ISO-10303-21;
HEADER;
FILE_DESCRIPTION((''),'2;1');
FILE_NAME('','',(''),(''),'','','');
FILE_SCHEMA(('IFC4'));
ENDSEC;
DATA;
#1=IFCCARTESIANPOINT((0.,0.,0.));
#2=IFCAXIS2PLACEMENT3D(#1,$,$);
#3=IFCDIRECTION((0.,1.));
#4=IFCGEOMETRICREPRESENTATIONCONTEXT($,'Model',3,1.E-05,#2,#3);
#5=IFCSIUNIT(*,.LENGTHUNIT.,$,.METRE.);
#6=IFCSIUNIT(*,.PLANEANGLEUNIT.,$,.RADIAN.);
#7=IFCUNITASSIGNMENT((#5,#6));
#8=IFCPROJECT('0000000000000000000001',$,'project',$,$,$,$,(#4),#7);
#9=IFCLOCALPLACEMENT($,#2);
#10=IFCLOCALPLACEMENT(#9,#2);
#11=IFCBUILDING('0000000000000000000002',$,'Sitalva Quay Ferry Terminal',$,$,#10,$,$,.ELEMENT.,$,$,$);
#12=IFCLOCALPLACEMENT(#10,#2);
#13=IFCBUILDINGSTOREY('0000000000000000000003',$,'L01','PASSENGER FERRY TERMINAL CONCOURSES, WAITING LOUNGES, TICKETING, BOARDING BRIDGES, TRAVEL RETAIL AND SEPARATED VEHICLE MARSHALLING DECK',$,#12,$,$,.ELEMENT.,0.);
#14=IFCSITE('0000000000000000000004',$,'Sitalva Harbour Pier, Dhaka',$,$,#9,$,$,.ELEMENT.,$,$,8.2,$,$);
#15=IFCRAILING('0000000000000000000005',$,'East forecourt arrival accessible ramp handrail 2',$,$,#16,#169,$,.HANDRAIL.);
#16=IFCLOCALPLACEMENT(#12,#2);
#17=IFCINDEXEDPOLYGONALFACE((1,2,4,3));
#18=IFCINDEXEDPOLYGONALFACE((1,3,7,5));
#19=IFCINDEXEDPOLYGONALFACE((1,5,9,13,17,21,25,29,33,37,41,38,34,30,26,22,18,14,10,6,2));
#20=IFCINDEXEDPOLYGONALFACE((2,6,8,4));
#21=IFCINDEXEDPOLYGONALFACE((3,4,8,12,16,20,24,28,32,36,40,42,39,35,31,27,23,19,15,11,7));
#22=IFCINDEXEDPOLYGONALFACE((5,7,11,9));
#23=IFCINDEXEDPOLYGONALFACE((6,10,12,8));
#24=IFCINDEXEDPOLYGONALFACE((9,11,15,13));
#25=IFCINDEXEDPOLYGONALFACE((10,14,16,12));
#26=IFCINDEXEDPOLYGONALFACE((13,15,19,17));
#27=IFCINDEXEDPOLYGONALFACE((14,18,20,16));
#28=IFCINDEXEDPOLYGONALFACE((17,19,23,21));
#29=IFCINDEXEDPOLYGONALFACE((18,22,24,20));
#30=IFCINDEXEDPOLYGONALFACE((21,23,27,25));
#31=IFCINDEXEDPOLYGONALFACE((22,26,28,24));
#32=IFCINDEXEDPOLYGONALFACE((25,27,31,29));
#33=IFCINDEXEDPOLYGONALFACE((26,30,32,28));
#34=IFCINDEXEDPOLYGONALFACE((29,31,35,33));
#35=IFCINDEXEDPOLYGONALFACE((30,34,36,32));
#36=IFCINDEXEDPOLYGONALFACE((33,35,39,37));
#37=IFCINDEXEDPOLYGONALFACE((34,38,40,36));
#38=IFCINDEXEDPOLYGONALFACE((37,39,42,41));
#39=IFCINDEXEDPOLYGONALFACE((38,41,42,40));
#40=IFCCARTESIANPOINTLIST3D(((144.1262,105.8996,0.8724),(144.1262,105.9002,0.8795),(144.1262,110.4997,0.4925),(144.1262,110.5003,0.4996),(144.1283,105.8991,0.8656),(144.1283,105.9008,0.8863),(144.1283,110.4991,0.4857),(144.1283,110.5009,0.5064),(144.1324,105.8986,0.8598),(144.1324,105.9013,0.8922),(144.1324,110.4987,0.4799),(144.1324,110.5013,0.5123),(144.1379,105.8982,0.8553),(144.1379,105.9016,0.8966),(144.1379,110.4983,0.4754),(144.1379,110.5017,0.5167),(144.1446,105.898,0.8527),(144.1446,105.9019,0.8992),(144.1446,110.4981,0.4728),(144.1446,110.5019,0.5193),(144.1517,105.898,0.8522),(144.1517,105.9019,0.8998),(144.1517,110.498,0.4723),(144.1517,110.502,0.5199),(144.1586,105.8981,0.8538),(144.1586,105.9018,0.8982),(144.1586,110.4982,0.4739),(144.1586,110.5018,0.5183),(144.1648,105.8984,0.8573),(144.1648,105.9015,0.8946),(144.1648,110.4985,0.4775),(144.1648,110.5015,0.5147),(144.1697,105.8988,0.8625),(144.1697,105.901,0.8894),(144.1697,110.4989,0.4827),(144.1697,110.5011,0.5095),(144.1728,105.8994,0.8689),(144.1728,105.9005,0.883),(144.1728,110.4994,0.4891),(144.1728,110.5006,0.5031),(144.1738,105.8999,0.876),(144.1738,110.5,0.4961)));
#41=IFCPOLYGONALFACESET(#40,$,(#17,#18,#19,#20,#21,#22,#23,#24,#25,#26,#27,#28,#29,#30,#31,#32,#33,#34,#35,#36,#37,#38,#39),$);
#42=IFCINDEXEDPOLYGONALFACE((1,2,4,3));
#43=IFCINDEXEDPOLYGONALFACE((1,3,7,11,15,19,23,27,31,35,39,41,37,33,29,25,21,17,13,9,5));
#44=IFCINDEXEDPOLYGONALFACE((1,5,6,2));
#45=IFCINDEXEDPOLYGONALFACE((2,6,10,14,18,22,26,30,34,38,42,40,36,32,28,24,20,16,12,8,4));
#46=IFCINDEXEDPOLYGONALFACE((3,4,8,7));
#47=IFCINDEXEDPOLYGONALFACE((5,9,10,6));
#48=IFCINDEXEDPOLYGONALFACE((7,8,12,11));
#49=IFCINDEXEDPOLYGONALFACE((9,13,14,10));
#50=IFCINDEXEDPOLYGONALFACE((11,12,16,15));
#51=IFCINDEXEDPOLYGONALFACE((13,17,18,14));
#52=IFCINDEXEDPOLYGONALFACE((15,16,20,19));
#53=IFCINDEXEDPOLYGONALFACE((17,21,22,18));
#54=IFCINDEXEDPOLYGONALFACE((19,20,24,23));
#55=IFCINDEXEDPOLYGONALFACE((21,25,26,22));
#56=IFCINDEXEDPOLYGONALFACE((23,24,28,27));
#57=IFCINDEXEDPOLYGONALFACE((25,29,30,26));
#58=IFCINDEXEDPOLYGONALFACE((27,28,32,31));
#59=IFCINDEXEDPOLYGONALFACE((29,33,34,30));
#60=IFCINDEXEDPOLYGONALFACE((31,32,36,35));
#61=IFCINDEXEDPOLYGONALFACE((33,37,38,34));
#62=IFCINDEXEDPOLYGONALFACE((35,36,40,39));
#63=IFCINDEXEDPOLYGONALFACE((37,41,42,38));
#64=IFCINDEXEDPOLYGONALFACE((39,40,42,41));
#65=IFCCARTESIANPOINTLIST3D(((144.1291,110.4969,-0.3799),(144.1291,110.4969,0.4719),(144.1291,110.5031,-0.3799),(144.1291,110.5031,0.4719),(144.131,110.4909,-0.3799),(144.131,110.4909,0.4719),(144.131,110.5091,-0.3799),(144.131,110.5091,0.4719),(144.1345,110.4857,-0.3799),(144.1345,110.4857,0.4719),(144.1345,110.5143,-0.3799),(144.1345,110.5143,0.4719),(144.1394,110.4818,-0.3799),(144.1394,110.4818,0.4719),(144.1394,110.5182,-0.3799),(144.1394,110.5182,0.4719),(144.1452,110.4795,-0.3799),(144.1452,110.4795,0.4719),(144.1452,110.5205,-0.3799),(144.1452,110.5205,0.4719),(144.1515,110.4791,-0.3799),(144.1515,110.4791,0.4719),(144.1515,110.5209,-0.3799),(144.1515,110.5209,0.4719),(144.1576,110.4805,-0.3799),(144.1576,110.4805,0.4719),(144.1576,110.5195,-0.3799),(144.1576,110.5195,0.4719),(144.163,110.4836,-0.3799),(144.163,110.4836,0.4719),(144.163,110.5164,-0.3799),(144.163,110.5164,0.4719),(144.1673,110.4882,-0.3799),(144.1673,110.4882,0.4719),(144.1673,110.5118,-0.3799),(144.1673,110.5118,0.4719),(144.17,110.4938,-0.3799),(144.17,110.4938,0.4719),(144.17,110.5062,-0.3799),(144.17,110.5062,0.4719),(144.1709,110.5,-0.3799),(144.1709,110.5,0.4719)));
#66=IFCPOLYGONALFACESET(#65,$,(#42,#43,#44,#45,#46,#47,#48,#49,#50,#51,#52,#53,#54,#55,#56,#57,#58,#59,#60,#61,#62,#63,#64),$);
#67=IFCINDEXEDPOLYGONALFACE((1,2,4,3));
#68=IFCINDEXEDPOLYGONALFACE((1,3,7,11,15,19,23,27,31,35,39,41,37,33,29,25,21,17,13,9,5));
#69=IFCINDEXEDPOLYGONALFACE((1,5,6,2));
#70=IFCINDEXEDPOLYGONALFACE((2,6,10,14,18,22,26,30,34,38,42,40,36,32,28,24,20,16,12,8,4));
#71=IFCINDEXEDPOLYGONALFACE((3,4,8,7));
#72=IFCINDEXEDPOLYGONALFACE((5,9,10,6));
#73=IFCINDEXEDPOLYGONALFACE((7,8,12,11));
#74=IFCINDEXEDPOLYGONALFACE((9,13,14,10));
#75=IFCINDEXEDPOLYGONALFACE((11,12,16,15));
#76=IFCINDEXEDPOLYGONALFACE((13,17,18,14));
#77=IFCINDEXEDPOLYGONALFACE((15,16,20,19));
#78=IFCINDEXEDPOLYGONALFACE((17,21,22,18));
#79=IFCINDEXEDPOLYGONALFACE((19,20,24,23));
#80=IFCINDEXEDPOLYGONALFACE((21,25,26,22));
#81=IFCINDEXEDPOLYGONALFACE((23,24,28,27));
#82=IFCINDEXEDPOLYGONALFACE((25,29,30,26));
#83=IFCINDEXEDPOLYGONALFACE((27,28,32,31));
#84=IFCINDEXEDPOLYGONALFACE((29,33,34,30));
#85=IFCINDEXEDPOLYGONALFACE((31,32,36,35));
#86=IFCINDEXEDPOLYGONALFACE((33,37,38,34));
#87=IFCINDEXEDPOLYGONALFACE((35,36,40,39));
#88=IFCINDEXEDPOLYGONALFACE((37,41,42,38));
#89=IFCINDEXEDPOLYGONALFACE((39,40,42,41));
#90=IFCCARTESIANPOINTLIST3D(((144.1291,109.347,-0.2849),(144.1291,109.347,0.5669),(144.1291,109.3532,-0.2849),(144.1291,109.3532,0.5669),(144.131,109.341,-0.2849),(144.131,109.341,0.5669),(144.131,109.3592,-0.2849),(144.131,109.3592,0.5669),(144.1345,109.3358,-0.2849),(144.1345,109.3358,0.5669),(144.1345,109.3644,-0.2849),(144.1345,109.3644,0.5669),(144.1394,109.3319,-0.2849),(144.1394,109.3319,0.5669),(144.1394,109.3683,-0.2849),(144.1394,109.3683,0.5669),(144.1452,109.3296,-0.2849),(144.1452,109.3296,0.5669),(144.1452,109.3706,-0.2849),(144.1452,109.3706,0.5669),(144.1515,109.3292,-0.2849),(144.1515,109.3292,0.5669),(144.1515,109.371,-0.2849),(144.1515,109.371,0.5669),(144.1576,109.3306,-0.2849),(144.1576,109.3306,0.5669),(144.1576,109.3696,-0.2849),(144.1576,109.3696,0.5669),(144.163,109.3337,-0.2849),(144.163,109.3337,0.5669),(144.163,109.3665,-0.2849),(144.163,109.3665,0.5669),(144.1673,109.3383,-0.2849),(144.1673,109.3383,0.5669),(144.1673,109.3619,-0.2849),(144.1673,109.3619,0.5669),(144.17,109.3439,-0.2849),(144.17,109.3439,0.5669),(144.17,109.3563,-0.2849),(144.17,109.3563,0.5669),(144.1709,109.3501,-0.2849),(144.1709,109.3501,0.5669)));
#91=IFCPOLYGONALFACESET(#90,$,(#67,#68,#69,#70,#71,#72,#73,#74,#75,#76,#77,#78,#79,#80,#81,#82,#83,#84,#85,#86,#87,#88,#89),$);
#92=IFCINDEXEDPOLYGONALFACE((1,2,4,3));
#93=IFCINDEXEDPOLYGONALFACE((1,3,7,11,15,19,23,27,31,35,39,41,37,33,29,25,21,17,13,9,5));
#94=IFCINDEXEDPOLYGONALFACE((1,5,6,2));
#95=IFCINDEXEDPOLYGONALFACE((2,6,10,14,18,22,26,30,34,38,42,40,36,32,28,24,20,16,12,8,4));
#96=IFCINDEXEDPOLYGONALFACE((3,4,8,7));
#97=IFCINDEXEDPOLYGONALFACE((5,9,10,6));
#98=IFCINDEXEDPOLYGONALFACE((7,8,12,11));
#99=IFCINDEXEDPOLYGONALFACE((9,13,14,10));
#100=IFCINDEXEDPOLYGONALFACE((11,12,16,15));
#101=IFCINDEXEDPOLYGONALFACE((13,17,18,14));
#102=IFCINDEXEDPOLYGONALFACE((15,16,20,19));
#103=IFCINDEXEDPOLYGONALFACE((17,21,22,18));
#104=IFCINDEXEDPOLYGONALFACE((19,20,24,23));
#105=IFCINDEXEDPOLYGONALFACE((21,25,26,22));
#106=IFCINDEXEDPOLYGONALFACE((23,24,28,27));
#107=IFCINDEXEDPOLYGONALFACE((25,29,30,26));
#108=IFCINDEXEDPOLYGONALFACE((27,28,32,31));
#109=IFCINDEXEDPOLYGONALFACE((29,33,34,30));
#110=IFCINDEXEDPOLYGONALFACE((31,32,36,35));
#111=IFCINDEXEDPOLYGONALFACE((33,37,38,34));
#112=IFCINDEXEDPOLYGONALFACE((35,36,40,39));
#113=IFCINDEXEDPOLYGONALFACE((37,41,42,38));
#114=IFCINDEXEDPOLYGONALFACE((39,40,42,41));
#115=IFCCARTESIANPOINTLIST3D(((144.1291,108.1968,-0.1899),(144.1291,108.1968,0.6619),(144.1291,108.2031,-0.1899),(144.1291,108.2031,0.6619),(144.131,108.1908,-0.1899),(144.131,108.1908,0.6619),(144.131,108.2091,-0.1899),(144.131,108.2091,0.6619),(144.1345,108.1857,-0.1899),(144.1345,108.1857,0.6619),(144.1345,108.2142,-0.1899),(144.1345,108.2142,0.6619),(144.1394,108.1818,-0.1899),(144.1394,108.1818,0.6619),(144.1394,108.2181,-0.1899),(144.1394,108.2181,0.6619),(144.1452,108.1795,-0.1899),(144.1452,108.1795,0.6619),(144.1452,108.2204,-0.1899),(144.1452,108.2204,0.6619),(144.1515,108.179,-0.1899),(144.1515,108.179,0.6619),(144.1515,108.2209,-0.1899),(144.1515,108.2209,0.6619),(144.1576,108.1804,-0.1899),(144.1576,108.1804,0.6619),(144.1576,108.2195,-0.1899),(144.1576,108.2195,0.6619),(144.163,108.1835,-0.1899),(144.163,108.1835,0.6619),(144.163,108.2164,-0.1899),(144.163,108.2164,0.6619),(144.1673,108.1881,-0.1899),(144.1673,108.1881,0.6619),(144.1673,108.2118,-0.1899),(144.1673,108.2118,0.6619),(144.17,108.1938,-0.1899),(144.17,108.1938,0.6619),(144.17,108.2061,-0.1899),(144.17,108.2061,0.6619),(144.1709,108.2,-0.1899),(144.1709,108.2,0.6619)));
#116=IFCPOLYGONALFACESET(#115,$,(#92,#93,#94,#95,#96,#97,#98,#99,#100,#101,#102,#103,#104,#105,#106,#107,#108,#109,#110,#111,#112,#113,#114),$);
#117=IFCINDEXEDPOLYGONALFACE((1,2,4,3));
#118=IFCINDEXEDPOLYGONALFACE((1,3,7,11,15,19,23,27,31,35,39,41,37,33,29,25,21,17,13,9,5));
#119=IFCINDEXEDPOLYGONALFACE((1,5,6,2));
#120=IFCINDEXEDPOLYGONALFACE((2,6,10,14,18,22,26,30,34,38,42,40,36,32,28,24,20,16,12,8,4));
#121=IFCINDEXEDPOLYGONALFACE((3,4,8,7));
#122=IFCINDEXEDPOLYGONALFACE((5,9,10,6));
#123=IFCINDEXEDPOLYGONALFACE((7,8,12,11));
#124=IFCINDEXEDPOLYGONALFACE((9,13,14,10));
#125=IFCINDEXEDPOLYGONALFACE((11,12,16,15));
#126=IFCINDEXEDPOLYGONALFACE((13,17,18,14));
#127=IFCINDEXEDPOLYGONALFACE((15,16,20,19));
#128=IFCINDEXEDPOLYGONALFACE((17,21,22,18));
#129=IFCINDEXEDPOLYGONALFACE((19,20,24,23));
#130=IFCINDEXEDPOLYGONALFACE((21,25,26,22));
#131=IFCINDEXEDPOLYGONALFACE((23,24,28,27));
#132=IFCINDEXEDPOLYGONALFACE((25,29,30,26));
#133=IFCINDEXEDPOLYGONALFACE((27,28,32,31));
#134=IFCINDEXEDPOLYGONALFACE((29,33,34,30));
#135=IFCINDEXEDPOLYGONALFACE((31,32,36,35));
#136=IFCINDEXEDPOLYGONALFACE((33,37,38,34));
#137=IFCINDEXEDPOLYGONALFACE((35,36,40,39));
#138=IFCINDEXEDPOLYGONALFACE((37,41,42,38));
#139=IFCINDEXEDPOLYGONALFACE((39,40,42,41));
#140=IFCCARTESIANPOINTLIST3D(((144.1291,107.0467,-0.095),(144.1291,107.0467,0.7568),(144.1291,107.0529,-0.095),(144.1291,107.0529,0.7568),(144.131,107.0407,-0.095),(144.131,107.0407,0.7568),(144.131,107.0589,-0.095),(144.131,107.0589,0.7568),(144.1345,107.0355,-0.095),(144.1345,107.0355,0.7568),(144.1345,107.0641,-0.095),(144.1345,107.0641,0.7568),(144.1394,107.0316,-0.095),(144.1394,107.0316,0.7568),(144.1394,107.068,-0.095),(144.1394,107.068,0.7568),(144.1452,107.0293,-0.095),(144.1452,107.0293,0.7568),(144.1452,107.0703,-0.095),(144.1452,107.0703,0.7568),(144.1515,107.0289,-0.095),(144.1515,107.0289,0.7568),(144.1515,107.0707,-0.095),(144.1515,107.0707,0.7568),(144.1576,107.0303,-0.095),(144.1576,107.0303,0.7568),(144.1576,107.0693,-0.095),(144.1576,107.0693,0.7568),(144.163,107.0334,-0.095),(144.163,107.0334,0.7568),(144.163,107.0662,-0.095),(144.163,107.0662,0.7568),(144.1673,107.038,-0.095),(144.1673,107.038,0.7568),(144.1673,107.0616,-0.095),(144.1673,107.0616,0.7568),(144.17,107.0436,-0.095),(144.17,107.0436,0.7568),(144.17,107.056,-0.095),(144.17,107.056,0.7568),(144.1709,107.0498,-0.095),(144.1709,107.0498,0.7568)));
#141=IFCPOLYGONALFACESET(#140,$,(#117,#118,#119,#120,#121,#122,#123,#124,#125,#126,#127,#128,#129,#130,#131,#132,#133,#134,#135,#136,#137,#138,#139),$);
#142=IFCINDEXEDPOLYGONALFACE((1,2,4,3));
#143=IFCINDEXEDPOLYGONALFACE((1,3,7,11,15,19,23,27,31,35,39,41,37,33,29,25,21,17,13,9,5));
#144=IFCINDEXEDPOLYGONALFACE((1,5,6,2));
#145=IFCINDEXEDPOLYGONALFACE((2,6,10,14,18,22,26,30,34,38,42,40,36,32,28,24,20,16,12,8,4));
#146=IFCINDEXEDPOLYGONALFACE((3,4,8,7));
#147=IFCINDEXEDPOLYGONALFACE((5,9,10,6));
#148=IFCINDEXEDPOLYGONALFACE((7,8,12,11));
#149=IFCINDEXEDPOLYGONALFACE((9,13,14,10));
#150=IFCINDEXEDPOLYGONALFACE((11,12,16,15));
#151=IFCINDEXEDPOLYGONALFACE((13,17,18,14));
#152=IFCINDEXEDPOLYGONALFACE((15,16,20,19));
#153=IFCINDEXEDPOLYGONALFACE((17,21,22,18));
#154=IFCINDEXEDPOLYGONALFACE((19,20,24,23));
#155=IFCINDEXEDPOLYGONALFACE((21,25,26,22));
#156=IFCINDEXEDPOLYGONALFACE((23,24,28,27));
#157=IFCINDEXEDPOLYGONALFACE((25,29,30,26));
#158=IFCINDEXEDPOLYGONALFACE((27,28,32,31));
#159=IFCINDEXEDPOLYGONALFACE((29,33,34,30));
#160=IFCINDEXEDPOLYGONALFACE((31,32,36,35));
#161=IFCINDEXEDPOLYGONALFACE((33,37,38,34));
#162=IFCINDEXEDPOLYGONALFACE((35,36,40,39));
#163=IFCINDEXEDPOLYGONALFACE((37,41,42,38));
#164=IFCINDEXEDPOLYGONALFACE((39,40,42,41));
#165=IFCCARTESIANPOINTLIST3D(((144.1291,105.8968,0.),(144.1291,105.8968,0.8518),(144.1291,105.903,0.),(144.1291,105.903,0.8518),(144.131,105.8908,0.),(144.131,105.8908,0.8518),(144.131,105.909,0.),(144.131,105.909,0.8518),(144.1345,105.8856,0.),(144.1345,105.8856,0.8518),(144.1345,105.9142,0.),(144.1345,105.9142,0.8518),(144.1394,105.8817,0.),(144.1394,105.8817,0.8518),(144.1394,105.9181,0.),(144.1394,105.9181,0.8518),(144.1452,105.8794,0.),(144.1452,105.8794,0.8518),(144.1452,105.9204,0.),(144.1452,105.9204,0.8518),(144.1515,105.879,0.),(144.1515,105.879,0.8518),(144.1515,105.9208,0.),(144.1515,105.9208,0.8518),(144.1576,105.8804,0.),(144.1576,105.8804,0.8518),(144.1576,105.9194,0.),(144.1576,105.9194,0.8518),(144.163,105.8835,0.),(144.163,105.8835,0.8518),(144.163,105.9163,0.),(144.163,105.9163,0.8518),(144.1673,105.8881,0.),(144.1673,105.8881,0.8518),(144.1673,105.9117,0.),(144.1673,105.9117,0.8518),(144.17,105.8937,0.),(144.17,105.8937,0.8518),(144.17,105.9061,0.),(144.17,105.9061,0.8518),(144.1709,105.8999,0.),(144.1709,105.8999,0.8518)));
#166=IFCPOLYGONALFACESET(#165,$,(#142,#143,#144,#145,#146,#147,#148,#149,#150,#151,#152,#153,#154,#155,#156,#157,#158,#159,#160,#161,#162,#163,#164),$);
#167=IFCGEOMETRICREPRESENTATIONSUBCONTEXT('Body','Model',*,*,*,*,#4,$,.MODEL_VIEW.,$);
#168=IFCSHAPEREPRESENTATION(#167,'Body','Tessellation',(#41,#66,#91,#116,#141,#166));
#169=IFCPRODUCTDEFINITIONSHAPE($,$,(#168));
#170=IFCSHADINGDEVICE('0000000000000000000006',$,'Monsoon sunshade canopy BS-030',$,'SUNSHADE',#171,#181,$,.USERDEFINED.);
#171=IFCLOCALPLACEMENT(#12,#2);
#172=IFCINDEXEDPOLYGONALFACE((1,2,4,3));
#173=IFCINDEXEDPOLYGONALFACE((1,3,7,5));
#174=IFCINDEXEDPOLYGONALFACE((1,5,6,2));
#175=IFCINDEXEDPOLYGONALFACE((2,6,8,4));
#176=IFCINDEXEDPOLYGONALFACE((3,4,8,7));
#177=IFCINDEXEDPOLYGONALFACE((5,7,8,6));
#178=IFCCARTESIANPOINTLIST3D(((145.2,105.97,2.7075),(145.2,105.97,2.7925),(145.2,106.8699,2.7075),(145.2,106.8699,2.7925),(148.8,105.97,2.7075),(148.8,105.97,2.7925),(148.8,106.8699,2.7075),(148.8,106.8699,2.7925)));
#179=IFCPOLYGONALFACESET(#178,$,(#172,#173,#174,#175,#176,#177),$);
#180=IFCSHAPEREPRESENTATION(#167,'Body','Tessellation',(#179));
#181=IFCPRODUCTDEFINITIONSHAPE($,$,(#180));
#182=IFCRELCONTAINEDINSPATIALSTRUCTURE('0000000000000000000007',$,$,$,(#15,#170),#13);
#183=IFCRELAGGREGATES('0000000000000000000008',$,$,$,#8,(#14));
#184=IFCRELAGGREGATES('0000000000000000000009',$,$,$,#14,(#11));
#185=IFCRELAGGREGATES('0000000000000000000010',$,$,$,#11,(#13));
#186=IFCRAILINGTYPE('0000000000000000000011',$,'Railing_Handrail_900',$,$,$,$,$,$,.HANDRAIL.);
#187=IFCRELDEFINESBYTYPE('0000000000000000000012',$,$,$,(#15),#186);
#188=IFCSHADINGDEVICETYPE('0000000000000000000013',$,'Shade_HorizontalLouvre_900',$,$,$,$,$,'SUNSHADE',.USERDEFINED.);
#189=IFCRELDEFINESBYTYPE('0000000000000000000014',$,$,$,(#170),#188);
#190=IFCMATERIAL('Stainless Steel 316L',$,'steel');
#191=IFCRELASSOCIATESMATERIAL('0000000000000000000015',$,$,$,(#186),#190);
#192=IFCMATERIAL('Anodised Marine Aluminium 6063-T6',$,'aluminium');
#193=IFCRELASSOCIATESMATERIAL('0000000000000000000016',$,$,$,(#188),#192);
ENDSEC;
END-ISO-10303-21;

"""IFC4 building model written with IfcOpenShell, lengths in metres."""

from ifc_helpers import new_model, si_unit, direction, frame, origin, origin_2d, place, context, subcontext, project, spatial, rectangle, circle, extrude, material, type_object, element, save


model = new_model("IFC4")

# Units and contexts
model_context = context("Model", 3, precision=1e-05, world=origin(), true_north=direction((0.0, 1.0)))
body_context = subcontext(model_context, "Body", "Model", "MODEL_VIEW")
ifc_project = project(units=[si_unit("LENGTHUNIT", "METRE"), si_unit("PLANEANGLEUNIT", "RADIAN")], contexts=[model_context])

# Site, building, storey
site_placement = place(None, origin())
site = spatial("IfcSite", under=ifc_project, at=site_placement, Name="Sitalva Harbour Pier, Dhaka", CompositionType="ELEMENT", RefElevation=8.2)
building_placement = place(site_placement, origin())
building = spatial("IfcBuilding", under=site, at=building_placement, Name="Sitalva Quay Ferry Terminal", CompositionType="ELEMENT")
storey_placement = place(building_placement, origin())
storey = spatial("IfcBuildingStorey", under=building, at=storey_placement, Name="L01", Description="PASSENGER FERRY TERMINAL CONCOURSES, WAITING LOUNGES, TICKETING, BOARDING BRIDGES, TRAVEL RETAIL AND SEPARATED VEHICLE MARSHALLING DECK", CompositionType="ELEMENT", Elevation=0.0)

# Railing
ifc_material_1 = material(Name="Stainless Steel 316L", Category="steel")
railing_type = type_object("IfcRailingType", Name="Railing_Handrail_900", PredefinedType="HANDRAIL", material=ifc_material_1)
railing_placement = place(storey_placement, frame((144.1499, 110.5, -0.3799)))
element("IfcRailing", 1, at=railing_placement, inside=storey, type_object=railing_type, Name="East forecourt arrival accessible ramp handrail 2", PredefinedType="HANDRAIL", context=body_context, shape_type="SweptSolid", body=[
    extrude(circle(Radius=0.0239, at=origin_2d()), frame((0.0, 0.0, 0.876), z_axis=(0.0, -0.996607, 0.082301), x_axis=(1.0, 0.0, 0.0)), (0.0, 0.0, 1.0), 4.6157),
    extrude(circle(Radius=0.021, at=origin_2d()), origin(), (0.0, 0.0, 1.0), 0.8518),
    extrude(circle(Radius=0.021, at=origin_2d()), frame((0.0, -1.1499, 0.095)), (0.0, 0.0, 1.0), 0.8518),
    extrude(circle(Radius=0.021, at=origin_2d()), frame((0.0, -2.3, 0.1899)), (0.0, 0.0, 1.0), 0.8518),
    extrude(circle(Radius=0.021, at=origin_2d()), frame((0.0, -3.4502, 0.2849)), (0.0, 0.0, 1.0), 0.8518),
    extrude(circle(Radius=0.021, at=origin_2d()), frame((0.0, -4.6001, 0.3799)), (0.0, 0.0, 1.0), 0.8518),
])

# Shading device
ifc_material_2 = material(Name="Anodised Marine Aluminium 6063-T6", Category="aluminium")
shading_device_type = type_object("IfcShadingDeviceType", Name="Shade_HorizontalLouvre_900", ElementType="SUNSHADE", PredefinedType="USERDEFINED", material=ifc_material_2)
shading_device_placement = place(storey_placement, frame((147.0, 106.4199, 2.7075), z_axis=(0.0, 0.0, 1.0), x_axis=(1.0, 0.0, 0.0)))
element("IfcShadingDevice", 2, at=shading_device_placement, inside=storey, type_object=shading_device_type, Name="Monsoon sunshade canopy BS-030", ObjectType="SUNSHADE", PredefinedType="USERDEFINED", context=body_context, shape_type="SweptSolid", body=[
    extrude(rectangle(XDim=3.6001, YDim=0.8999, at=origin_2d()), origin(), (0.0, 0.0, 1.0), 0.085),
])

save(model, "model.ifc")
